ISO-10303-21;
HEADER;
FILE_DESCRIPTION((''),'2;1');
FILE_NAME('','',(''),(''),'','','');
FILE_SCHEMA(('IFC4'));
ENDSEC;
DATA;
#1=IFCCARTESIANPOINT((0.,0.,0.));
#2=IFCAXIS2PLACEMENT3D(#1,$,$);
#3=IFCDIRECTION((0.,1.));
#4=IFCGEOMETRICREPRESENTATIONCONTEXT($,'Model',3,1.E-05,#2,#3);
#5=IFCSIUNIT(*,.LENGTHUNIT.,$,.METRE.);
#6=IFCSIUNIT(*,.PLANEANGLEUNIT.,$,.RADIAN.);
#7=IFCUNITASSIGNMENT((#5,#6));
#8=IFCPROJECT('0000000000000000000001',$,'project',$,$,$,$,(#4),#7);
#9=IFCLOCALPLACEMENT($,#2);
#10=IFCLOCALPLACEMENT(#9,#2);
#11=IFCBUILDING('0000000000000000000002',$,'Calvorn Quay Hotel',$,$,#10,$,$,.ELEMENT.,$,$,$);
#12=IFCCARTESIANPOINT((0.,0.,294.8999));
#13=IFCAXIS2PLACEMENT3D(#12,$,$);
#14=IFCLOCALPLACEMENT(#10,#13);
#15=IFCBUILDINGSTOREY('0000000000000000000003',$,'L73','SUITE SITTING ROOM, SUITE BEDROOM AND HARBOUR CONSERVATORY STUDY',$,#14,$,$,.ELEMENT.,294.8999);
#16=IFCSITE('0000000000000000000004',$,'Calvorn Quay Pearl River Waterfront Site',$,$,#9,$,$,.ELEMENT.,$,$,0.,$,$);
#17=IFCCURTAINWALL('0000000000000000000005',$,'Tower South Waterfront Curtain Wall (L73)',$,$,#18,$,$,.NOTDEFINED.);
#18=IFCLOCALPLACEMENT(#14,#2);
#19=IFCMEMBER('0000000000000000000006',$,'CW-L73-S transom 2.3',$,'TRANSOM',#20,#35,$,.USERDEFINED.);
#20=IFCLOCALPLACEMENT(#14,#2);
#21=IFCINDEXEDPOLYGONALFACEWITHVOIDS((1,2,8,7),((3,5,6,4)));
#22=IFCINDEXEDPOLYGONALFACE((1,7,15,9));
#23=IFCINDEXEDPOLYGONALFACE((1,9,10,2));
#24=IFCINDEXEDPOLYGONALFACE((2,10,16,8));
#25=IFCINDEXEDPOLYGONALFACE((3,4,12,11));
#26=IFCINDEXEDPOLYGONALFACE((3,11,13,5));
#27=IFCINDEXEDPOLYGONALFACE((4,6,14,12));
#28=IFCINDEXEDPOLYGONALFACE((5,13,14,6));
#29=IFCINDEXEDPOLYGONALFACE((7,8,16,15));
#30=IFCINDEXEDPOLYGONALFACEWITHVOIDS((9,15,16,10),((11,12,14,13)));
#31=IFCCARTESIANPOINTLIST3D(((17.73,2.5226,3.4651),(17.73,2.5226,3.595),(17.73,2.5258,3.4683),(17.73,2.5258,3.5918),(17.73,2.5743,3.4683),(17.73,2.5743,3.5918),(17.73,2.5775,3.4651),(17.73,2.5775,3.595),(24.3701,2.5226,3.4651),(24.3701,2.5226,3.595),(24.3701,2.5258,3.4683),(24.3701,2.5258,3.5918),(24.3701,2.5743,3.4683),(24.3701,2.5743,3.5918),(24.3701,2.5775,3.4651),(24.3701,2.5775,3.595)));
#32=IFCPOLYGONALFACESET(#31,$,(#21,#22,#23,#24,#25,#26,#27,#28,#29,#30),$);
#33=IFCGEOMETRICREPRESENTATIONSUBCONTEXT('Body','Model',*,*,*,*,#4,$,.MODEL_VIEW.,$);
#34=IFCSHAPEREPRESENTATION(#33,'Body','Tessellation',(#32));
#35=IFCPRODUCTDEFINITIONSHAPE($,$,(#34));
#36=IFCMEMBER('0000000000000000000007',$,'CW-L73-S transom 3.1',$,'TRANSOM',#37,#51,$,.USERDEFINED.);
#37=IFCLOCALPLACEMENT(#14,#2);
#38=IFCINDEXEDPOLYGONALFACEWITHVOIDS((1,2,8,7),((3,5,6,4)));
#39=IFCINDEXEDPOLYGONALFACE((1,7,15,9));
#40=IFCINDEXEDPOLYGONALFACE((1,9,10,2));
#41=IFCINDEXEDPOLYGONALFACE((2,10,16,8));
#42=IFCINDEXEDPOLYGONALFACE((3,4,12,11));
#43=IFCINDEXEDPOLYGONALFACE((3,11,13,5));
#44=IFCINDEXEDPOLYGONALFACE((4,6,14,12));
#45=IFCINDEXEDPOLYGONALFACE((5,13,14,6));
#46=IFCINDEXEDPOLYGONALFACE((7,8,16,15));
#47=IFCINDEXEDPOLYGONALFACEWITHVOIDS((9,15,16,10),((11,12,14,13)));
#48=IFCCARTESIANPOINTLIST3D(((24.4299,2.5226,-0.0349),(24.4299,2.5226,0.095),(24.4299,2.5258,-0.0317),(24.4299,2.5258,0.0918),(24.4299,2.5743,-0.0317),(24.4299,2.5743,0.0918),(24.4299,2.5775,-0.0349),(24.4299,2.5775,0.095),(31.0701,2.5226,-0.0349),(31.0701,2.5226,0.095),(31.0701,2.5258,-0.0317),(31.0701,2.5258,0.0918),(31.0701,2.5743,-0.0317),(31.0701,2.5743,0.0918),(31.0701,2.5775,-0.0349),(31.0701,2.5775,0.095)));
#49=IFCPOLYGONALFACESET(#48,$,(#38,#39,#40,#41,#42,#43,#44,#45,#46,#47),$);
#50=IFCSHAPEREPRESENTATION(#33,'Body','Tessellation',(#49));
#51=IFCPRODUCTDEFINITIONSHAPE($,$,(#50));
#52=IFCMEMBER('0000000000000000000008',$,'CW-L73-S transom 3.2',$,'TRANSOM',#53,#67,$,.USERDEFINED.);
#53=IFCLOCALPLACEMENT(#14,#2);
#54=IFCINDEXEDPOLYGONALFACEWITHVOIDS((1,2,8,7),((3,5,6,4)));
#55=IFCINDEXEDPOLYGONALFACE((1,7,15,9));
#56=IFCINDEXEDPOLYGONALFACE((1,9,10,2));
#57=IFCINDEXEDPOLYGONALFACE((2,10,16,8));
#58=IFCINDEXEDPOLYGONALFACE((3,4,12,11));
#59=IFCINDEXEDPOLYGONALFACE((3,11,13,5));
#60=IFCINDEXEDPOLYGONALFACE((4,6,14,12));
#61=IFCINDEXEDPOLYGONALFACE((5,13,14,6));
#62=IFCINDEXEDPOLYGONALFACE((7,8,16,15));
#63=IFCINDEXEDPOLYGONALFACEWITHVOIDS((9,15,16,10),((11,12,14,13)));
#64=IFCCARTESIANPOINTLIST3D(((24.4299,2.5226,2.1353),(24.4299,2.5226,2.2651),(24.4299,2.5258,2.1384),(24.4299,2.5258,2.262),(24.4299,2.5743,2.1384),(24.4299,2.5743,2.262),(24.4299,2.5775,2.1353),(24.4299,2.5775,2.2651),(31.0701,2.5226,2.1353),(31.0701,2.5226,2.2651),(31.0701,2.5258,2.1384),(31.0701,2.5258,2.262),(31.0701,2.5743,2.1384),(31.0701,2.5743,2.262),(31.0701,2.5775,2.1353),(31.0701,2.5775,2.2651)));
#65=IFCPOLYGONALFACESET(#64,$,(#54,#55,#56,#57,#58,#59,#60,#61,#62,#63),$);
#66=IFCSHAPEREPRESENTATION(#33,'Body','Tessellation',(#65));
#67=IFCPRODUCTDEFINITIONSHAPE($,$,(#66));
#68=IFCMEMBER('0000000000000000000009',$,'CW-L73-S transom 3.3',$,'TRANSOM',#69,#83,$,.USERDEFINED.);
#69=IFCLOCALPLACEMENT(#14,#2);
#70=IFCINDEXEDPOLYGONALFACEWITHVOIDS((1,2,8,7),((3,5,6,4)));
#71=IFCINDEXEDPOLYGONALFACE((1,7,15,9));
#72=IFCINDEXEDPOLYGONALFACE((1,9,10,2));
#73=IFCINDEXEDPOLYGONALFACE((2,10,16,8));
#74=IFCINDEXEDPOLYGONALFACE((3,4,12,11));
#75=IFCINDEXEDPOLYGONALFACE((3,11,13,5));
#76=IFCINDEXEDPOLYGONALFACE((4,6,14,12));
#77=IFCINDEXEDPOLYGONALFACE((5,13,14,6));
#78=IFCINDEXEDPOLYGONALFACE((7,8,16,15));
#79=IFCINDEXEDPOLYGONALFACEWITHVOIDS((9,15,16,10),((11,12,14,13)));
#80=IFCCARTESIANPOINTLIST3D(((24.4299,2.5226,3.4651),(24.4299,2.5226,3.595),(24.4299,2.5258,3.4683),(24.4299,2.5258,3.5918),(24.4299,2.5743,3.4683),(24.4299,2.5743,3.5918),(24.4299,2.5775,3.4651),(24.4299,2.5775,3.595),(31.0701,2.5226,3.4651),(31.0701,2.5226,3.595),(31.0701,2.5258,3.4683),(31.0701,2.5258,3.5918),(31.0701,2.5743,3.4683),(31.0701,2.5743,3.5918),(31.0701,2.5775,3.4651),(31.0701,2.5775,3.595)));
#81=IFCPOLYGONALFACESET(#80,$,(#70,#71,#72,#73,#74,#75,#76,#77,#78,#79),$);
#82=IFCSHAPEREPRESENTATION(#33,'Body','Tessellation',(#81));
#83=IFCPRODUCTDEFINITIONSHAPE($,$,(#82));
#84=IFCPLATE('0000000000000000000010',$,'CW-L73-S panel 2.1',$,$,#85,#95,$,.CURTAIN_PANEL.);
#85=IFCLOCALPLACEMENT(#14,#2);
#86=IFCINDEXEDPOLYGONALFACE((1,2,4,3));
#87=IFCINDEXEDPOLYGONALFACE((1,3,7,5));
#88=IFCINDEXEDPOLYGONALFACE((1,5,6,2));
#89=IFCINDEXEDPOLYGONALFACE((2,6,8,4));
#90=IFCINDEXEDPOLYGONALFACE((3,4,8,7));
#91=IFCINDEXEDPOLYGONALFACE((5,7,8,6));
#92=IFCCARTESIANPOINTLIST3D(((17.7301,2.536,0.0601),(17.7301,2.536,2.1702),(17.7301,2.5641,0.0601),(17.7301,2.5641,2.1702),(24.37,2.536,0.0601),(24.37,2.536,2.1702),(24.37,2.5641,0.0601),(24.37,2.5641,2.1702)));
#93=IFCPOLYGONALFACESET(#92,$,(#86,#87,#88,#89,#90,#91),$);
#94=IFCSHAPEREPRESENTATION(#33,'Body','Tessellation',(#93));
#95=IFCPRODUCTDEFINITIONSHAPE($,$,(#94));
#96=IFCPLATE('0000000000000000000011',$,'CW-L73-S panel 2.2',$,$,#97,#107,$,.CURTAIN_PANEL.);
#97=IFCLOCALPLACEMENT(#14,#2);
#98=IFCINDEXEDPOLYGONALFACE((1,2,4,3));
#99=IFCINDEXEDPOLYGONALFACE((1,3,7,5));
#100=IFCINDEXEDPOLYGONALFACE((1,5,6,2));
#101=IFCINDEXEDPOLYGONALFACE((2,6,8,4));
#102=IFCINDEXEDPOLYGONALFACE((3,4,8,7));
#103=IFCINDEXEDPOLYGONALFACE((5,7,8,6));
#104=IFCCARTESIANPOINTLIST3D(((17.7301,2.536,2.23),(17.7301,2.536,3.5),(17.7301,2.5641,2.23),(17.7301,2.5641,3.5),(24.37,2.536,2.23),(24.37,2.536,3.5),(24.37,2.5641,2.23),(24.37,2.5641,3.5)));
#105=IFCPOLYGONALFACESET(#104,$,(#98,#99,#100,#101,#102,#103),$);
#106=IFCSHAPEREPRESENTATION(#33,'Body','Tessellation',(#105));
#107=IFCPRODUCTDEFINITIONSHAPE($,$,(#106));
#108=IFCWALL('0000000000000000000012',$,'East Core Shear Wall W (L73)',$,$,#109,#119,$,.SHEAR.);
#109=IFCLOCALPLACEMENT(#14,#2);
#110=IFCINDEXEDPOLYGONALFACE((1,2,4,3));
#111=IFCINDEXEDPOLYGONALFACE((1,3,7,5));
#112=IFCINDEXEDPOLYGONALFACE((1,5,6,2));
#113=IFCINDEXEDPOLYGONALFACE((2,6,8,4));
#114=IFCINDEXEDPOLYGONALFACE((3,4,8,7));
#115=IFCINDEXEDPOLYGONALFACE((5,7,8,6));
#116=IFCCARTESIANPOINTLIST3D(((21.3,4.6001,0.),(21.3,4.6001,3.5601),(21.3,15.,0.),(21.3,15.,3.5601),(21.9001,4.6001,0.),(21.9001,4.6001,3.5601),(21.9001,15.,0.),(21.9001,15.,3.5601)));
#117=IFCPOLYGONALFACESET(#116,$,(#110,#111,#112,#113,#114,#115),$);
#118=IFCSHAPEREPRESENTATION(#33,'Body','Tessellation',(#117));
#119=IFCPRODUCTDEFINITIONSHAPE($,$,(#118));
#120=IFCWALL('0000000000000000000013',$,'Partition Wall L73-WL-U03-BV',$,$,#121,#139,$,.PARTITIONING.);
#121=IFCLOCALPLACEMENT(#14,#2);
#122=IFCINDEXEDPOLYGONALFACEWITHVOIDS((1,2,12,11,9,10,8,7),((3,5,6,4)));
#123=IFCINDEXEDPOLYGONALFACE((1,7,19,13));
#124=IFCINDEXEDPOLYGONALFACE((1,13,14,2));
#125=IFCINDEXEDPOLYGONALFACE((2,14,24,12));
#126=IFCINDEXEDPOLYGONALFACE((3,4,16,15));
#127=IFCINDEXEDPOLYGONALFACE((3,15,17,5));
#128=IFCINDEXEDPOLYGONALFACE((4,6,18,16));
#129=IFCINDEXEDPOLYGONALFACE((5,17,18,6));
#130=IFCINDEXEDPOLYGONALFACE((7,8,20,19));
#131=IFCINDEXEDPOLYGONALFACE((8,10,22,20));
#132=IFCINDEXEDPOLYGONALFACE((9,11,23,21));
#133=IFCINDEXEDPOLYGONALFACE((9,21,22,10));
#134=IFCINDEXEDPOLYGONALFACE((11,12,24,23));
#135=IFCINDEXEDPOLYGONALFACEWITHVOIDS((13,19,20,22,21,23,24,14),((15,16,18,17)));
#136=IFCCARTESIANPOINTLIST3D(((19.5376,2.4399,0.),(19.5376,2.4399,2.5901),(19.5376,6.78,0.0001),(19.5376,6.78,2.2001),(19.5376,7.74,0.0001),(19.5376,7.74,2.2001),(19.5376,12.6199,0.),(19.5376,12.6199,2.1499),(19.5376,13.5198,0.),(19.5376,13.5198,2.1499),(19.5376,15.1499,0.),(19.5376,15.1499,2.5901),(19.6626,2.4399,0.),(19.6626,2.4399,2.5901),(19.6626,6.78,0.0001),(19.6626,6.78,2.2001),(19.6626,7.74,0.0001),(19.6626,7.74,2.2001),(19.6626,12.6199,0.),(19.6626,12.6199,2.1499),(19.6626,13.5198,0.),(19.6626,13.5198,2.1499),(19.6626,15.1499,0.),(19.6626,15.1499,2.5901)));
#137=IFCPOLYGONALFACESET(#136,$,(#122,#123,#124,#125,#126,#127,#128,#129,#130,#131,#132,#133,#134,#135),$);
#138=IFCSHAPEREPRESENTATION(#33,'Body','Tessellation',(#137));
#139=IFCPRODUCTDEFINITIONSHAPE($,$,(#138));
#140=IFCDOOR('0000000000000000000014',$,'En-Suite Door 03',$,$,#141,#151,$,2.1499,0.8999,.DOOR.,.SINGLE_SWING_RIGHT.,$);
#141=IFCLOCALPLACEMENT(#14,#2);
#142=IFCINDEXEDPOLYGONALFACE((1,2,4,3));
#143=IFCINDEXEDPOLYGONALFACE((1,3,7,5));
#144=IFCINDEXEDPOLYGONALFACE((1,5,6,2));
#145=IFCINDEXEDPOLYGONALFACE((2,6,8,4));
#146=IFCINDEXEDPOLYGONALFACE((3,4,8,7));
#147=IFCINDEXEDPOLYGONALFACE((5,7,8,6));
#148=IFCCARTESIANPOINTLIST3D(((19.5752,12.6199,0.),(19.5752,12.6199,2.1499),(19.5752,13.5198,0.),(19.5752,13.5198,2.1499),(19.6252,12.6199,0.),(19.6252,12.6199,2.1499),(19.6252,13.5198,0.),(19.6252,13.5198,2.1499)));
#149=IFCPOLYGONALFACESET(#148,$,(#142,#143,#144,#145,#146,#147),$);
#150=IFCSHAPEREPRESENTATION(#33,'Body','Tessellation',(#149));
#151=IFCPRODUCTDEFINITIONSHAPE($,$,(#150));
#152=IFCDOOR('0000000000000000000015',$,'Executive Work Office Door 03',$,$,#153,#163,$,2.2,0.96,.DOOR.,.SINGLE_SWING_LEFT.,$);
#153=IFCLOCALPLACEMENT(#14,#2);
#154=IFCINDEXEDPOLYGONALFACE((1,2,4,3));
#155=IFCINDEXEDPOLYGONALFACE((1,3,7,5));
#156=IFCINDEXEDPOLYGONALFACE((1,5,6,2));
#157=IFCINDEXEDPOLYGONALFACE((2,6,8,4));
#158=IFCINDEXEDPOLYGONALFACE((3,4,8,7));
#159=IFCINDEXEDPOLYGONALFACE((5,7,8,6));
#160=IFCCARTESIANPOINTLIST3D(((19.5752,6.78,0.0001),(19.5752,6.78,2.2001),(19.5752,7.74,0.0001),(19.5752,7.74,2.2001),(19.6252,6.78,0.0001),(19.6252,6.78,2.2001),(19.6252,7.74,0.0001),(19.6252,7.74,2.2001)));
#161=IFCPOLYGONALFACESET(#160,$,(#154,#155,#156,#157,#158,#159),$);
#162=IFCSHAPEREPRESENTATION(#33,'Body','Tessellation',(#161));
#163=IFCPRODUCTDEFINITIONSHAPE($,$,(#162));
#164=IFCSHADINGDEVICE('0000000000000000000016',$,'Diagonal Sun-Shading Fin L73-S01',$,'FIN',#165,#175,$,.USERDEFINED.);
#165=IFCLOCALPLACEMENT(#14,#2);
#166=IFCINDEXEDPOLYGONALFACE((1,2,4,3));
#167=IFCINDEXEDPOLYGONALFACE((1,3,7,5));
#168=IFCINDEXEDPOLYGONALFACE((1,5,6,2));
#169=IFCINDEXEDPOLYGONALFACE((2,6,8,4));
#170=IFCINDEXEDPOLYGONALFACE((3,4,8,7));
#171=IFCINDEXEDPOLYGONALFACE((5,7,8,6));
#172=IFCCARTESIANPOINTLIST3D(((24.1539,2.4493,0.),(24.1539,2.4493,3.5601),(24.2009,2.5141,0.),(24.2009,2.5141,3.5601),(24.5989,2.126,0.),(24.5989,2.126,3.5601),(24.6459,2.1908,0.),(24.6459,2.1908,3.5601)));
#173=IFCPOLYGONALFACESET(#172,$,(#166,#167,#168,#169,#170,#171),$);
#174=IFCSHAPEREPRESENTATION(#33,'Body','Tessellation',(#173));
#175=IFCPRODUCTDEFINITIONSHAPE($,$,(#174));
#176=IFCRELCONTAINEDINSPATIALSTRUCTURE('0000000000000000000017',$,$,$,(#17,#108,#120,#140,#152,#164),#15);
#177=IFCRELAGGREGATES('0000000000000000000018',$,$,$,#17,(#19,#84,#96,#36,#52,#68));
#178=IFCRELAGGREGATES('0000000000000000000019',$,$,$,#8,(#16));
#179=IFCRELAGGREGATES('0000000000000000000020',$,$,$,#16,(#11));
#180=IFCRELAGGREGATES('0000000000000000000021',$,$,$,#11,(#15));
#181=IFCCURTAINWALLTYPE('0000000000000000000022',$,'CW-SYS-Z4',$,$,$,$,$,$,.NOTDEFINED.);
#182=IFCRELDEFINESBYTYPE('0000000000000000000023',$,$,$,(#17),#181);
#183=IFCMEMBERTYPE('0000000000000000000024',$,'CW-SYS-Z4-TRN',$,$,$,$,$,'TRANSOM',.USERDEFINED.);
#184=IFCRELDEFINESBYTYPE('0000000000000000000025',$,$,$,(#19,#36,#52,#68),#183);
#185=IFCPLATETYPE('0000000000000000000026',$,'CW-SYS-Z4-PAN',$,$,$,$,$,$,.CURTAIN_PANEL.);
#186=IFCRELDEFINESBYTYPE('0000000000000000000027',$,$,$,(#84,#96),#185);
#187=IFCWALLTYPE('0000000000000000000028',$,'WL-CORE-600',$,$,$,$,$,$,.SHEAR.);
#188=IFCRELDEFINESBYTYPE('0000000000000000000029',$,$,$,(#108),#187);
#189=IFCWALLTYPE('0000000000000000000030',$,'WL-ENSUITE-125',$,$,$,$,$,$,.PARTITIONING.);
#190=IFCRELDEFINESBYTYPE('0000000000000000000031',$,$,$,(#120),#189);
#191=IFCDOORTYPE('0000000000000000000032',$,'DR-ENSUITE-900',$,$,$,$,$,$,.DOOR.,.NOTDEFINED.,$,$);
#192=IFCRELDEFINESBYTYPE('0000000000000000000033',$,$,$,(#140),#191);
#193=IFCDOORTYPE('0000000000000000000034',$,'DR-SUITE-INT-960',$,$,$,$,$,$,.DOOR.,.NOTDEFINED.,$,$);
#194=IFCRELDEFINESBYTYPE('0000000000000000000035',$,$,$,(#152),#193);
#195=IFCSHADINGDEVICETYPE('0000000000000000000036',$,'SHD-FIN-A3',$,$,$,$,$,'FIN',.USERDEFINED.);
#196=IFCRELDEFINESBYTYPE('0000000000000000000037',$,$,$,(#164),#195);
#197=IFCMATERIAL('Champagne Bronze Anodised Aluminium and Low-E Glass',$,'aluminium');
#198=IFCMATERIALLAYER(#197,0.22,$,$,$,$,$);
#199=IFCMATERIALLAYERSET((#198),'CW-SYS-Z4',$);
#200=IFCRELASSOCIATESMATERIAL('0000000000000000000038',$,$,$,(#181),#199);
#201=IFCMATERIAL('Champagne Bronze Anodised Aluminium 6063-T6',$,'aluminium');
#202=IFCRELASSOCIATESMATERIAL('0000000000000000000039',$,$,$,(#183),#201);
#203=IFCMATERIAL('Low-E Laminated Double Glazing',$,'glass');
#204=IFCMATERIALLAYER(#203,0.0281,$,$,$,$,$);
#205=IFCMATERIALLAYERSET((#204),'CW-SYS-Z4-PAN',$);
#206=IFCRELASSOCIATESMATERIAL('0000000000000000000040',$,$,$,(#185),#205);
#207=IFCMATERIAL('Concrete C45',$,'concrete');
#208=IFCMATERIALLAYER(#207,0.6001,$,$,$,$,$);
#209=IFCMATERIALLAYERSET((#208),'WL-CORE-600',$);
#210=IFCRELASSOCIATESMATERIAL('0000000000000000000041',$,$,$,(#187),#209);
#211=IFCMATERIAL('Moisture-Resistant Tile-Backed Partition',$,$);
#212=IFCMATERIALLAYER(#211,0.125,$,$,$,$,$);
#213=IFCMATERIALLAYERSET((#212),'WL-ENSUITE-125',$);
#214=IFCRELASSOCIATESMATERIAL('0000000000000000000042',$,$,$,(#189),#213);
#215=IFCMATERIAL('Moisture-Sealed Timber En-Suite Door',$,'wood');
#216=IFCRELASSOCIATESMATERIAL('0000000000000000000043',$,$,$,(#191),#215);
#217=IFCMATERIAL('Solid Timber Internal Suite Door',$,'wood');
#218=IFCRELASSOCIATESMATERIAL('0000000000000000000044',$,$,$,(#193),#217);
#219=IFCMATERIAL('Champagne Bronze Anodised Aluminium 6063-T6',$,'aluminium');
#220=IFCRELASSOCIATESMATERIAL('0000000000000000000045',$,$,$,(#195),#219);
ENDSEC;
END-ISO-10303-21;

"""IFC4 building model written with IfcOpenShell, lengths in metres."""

from ifc_helpers import new_model, si_unit, direction, frame, frame_2d, origin, origin_2d, place, context, subcontext, project, spatial, rectangle, hollow_rectangle, extrude, material, layer, layer_set, material_profile, profile_set, type_object, element, fill, aggregate, save


model = new_model("IFC4")

# Units and contexts
model_context = context("Model", 3, precision=1e-05, world=origin(), true_north=direction((0.0, 1.0)))
body_context = subcontext(model_context, "Body", "Model", "MODEL_VIEW")
ifc_project = project(units=[si_unit("LENGTHUNIT", "METRE"), si_unit("PLANEANGLEUNIT", "RADIAN")], contexts=[model_context])

# Site, building, storey
site_placement = place(None, origin())
site = spatial("IfcSite", under=ifc_project, at=site_placement, Name="Calvorn Quay Pearl River Waterfront Site", CompositionType="ELEMENT", RefElevation=0.0)
building_placement = place(site_placement, origin())
building = spatial("IfcBuilding", under=site, at=building_placement, Name="Calvorn Quay Hotel", CompositionType="ELEMENT")
storey_placement = place(building_placement, frame((0.0, 0.0, 294.8999)))
storey = spatial("IfcBuildingStorey", under=building, at=storey_placement, Name="L73", Description="SUITE SITTING ROOM, SUITE BEDROOM AND HARBOUR CONSERVATORY STUDY", CompositionType="ELEMENT", Elevation=294.8999)

# Curtain wall, members, plates
ifc_material_1 = material(Name="Champagne Bronze Anodised Aluminium and Low-E Glass", Category="aluminium")
ifc_layer_1 = layer(ifc_material_1, 0.22)
ifc_layer_set_1 = layer_set([ifc_layer_1], Name="CW-SYS-Z4")
curtain_wall_type = type_object("IfcCurtainWallType", Name="CW-SYS-Z4", PredefinedType="NOTDEFINED", material=ifc_layer_set_1)
curtain_wall_placement = place(storey_placement, origin())
curtain_wall = element("IfcCurtainWall", 1, at=curtain_wall_placement, inside=storey, type_object=curtain_wall_type, Name="Tower South Waterfront Curtain Wall (L73)", PredefinedType="NOTDEFINED")
ifc_material_2 = material(Name="Champagne Bronze Anodised Aluminium 6063-T6", Category="aluminium")
ifc_material_profile_1 = material_profile(ifc_material_2, hollow_rectangle(XDim=0.0549, YDim=0.1299, WallThickness=0.0032, at=origin_2d()), Name="ALU-T130x55x3.2")
ifc_profile_set_1 = profile_set([ifc_material_profile_1], Name="Champagne Bronze Anodised Aluminium 6063-T6")
member_type_1 = type_object("IfcMemberType", Name="CW-SYS-Z4-TRN", ElementType="TRANSOM", PredefinedType="USERDEFINED", material=ifc_profile_set_1)
member_1_placement = place(storey_placement, frame((17.73, 2.55, 3.53), z_axis=(1.0, 0.0, 0.0), x_axis=(0.0, 1.0, 0.0)))
member_1 = element("IfcMember", 2, at=member_1_placement, type_object=member_type_1, Name="CW-L73-S transom 2.3", ObjectType="TRANSOM", PredefinedType="USERDEFINED", context=body_context, shape_type="SweptSolid", body=[
    extrude(hollow_rectangle(XDim=0.0549, YDim=0.1299, WallThickness=0.0032, at=origin_2d()), origin(), (0.0, 0.0, 1.0), 6.6401),
])
member_2_placement = place(storey_placement, frame((24.4299, 2.55, 0.03), z_axis=(1.0, 0.0, 0.0), x_axis=(0.0, 1.0, 0.0)))
member_2 = element("IfcMember", 3, at=member_2_placement, type_object=member_type_1, Name="CW-L73-S transom 3.1", ObjectType="TRANSOM", PredefinedType="USERDEFINED", context=body_context, shape_type="SweptSolid", body=[
    extrude(hollow_rectangle(XDim=0.0549, YDim=0.1299, WallThickness=0.0032, at=origin_2d()), origin(), (0.0, 0.0, 1.0), 6.6401),
])
member_3_placement = place(storey_placement, frame((24.4299, 2.55, 2.2002), z_axis=(1.0, 0.0, 0.0), x_axis=(0.0, 1.0, 0.0)))
member_3 = element("IfcMember", 4, at=member_3_placement, type_object=member_type_1, Name="CW-L73-S transom 3.2", ObjectType="TRANSOM", PredefinedType="USERDEFINED", context=body_context, shape_type="SweptSolid", body=[
    extrude(hollow_rectangle(XDim=0.0549, YDim=0.1299, WallThickness=0.0032, at=origin_2d()), origin(), (0.0, 0.0, 1.0), 6.6401),
])
member_4_placement = place(storey_placement, frame((24.4299, 2.55, 3.53), z_axis=(1.0, 0.0, 0.0), x_axis=(0.0, 1.0, 0.0)))
member_4 = element("IfcMember", 5, at=member_4_placement, type_object=member_type_1, Name="CW-L73-S transom 3.3", ObjectType="TRANSOM", PredefinedType="USERDEFINED", context=body_context, shape_type="SweptSolid", body=[
    extrude(hollow_rectangle(XDim=0.0549, YDim=0.1299, WallThickness=0.0032, at=origin_2d()), origin(), (0.0, 0.0, 1.0), 6.6401),
])
ifc_material_3 = material(Name="Low-E Laminated Double Glazing", Category="glass")
ifc_layer_2 = layer(ifc_material_3, 0.0281)
ifc_layer_set_2 = layer_set([ifc_layer_2], Name="CW-SYS-Z4-PAN")
plate_type = type_object("IfcPlateType", Name="CW-SYS-Z4-PAN", PredefinedType="CURTAIN_PANEL", material=ifc_layer_set_2)
plate_1_placement = place(storey_placement, frame((21.05, 2.55, 0.0601), z_axis=(0.0, 0.0, 1.0), x_axis=(1.0, 0.0, 0.0)))
plate_1 = element("IfcPlate", 6, at=plate_1_placement, type_object=plate_type, Name="CW-L73-S panel 2.1", PredefinedType="CURTAIN_PANEL", context=body_context, shape_type="SweptSolid", body=[
    extrude(rectangle(XDim=6.6399, YDim=0.0281, at=origin_2d()), origin(), (0.0, 0.0, 1.0), 2.1101),
])
plate_2_placement = place(storey_placement, frame((21.05, 2.55, 2.23), z_axis=(0.0, 0.0, 1.0), x_axis=(1.0, 0.0, 0.0)))
plate_2 = element("IfcPlate", 7, at=plate_2_placement, type_object=plate_type, Name="CW-L73-S panel 2.2", PredefinedType="CURTAIN_PANEL", context=body_context, shape_type="SweptSolid", body=[
    extrude(rectangle(XDim=6.6399, YDim=0.0281, at=origin_2d()), origin(), (0.0, 0.0, 1.0), 1.27),
])
aggregate(curtain_wall, [member_1, plate_1, plate_2, member_2, member_3, member_4])

# Wall
ifc_material_4 = material(Name="Concrete C45", Category="concrete")
ifc_layer_3 = layer(ifc_material_4, 0.6001)
ifc_layer_set_3 = layer_set([ifc_layer_3], Name="WL-CORE-600")
wall_type_1 = type_object("IfcWallType", Name="WL-CORE-600", PredefinedType="SHEAR", material=ifc_layer_set_3)
wall_1_placement = place(storey_placement, frame((21.6001, 4.6001, 0.0), z_axis=(0.0, 0.0, 1.0), x_axis=(0.0, 1.0, 0.0)))
element("IfcWall", 8, at=wall_1_placement, inside=storey, type_object=wall_type_1, Name="East Core Shear Wall W (L73)", PredefinedType="SHEAR", context=body_context, shape_type="SweptSolid", body=[
    extrude(rectangle(XDim=10.3999, YDim=0.6001, at=frame_2d((5.2, 0.0))), origin(), (0.0, 0.0, 1.0), 3.5601),
])

# Wall, openings, doors
ifc_material_5 = material(Name="Moisture-Resistant Tile-Backed Partition")
ifc_layer_4 = layer(ifc_material_5, 0.125)
ifc_layer_set_4 = layer_set([ifc_layer_4], Name="WL-ENSUITE-125")
wall_type_2 = type_object("IfcWallType", Name="WL-ENSUITE-125", PredefinedType="PARTITIONING", material=ifc_layer_set_4)
wall_2_placement = place(storey_placement, frame((19.6001, 2.4399, 0.0), z_axis=(0.0, 0.0, 1.0), x_axis=(0.0, 1.0, 0.0)))
wall_2 = element("IfcWall", 9, at=wall_2_placement, inside=storey, type_object=wall_type_2, Name="Partition Wall L73-WL-U03-BV", PredefinedType="PARTITIONING", context=body_context, shape_type="SweptSolid", body=[
    extrude(rectangle(XDim=12.71, YDim=0.125, at=frame_2d((6.355, 0.0))), origin(), (0.0, 0.0, 1.0), 2.5901),
])
opening_1_placement = place(wall_2_placement, frame((4.3401, 0.0, 0.0)))
opening_1 = element("IfcOpeningElement", 10, at=opening_1_placement, cuts=wall_2, PredefinedType="OPENING", context=body_context, shape_type="SweptSolid", body=[
    extrude(rectangle(XDim=0.96, YDim=2.2, at=frame_2d((0.48, 1.1001))), frame((0.0, 0.0725, 0.0), z_axis=(0.0, -1.0, 0.0), x_axis=(1.0, 0.0, 0.0)), (0.0, 0.0, 1.0), 0.145),
])
opening_2_placement = place(wall_2_placement, frame((10.1799, 0.0, 0.0)))
opening_2 = element("IfcOpeningElement", 11, at=opening_2_placement, cuts=wall_2, PredefinedType="OPENING", context=body_context, shape_type="SweptSolid", body=[
    extrude(rectangle(XDim=0.8999, YDim=2.1499, at=frame_2d((0.45, 1.075))), frame((0.0, 0.0725, 0.0), z_axis=(0.0, -1.0, 0.0), x_axis=(1.0, 0.0, 0.0)), (0.0, 0.0, 1.0), 0.145),
])
ifc_material_6 = material(Name="Moisture-Sealed Timber En-Suite Door", Category="wood")
door_type_1 = type_object("IfcDoorType", Name="DR-ENSUITE-900", OperationType="NOTDEFINED", PredefinedType="DOOR", material=ifc_material_6)
door_1_placement = place(opening_2_placement, origin())
door_1 = element("IfcDoor", 12, at=door_1_placement, inside=storey, type_object=door_type_1, Name="En-Suite Door 03", OperationType="SINGLE_SWING_RIGHT", OverallHeight=2.1499, OverallWidth=0.8999, PredefinedType="DOOR", context=body_context, shape_type="SweptSolid", body=[
    extrude(rectangle(XDim=0.8999, YDim=2.1499, at=frame_2d((0.45, 1.075))), frame((0.0, 0.0249, 0.0), z_axis=(0.0, -1.0, 0.0), x_axis=(1.0, 0.0, 0.0)), (0.0, 0.0, 1.0), 0.05),
])
fill(opening_2, door_1)
ifc_material_7 = material(Name="Solid Timber Internal Suite Door", Category="wood")
door_type_2 = type_object("IfcDoorType", Name="DR-SUITE-INT-960", OperationType="NOTDEFINED", PredefinedType="DOOR", material=ifc_material_7)
door_2_placement = place(opening_1_placement, origin())
door_2 = element("IfcDoor", 13, at=door_2_placement, inside=storey, type_object=door_type_2, Name="Executive Work Office Door 03", OperationType="SINGLE_SWING_LEFT", OverallHeight=2.2, OverallWidth=0.96, PredefinedType="DOOR", context=body_context, shape_type="SweptSolid", body=[
    extrude(rectangle(XDim=0.96, YDim=2.2, at=frame_2d((0.48, 1.1001))), frame((0.0, 0.0249, 0.0), z_axis=(0.0, -1.0, 0.0), x_axis=(1.0, 0.0, 0.0)), (0.0, 0.0, 1.0), 0.05),
])
fill(opening_1, door_2)

# Shading device
ifc_material_8 = material(Name="Champagne Bronze Anodised Aluminium 6063-T6", Category="aluminium")
shading_device_type = type_object("IfcShadingDeviceType", Name="SHD-FIN-A3", ElementType="FIN", PredefinedType="USERDEFINED", material=ifc_material_8)
shading_device_placement = place(storey_placement, frame((24.3999, 2.3201, 0.0), z_axis=(0.0, 0.0, 1.0), x_axis=(-0.809017, 0.587785, 0.0)))
element("IfcShadingDevice", 14, at=shading_device_placement, inside=storey, type_object=shading_device_type, Name="Diagonal Sun-Shading Fin L73-S01", ObjectType="FIN", PredefinedType="USERDEFINED", context=body_context, shape_type="SweptSolid", body=[
    extrude(rectangle(XDim=0.55, YDim=0.0801, at=origin_2d()), origin(), (0.0, 0.0, 1.0), 3.5601),
])

save(model, "model.ifc")
